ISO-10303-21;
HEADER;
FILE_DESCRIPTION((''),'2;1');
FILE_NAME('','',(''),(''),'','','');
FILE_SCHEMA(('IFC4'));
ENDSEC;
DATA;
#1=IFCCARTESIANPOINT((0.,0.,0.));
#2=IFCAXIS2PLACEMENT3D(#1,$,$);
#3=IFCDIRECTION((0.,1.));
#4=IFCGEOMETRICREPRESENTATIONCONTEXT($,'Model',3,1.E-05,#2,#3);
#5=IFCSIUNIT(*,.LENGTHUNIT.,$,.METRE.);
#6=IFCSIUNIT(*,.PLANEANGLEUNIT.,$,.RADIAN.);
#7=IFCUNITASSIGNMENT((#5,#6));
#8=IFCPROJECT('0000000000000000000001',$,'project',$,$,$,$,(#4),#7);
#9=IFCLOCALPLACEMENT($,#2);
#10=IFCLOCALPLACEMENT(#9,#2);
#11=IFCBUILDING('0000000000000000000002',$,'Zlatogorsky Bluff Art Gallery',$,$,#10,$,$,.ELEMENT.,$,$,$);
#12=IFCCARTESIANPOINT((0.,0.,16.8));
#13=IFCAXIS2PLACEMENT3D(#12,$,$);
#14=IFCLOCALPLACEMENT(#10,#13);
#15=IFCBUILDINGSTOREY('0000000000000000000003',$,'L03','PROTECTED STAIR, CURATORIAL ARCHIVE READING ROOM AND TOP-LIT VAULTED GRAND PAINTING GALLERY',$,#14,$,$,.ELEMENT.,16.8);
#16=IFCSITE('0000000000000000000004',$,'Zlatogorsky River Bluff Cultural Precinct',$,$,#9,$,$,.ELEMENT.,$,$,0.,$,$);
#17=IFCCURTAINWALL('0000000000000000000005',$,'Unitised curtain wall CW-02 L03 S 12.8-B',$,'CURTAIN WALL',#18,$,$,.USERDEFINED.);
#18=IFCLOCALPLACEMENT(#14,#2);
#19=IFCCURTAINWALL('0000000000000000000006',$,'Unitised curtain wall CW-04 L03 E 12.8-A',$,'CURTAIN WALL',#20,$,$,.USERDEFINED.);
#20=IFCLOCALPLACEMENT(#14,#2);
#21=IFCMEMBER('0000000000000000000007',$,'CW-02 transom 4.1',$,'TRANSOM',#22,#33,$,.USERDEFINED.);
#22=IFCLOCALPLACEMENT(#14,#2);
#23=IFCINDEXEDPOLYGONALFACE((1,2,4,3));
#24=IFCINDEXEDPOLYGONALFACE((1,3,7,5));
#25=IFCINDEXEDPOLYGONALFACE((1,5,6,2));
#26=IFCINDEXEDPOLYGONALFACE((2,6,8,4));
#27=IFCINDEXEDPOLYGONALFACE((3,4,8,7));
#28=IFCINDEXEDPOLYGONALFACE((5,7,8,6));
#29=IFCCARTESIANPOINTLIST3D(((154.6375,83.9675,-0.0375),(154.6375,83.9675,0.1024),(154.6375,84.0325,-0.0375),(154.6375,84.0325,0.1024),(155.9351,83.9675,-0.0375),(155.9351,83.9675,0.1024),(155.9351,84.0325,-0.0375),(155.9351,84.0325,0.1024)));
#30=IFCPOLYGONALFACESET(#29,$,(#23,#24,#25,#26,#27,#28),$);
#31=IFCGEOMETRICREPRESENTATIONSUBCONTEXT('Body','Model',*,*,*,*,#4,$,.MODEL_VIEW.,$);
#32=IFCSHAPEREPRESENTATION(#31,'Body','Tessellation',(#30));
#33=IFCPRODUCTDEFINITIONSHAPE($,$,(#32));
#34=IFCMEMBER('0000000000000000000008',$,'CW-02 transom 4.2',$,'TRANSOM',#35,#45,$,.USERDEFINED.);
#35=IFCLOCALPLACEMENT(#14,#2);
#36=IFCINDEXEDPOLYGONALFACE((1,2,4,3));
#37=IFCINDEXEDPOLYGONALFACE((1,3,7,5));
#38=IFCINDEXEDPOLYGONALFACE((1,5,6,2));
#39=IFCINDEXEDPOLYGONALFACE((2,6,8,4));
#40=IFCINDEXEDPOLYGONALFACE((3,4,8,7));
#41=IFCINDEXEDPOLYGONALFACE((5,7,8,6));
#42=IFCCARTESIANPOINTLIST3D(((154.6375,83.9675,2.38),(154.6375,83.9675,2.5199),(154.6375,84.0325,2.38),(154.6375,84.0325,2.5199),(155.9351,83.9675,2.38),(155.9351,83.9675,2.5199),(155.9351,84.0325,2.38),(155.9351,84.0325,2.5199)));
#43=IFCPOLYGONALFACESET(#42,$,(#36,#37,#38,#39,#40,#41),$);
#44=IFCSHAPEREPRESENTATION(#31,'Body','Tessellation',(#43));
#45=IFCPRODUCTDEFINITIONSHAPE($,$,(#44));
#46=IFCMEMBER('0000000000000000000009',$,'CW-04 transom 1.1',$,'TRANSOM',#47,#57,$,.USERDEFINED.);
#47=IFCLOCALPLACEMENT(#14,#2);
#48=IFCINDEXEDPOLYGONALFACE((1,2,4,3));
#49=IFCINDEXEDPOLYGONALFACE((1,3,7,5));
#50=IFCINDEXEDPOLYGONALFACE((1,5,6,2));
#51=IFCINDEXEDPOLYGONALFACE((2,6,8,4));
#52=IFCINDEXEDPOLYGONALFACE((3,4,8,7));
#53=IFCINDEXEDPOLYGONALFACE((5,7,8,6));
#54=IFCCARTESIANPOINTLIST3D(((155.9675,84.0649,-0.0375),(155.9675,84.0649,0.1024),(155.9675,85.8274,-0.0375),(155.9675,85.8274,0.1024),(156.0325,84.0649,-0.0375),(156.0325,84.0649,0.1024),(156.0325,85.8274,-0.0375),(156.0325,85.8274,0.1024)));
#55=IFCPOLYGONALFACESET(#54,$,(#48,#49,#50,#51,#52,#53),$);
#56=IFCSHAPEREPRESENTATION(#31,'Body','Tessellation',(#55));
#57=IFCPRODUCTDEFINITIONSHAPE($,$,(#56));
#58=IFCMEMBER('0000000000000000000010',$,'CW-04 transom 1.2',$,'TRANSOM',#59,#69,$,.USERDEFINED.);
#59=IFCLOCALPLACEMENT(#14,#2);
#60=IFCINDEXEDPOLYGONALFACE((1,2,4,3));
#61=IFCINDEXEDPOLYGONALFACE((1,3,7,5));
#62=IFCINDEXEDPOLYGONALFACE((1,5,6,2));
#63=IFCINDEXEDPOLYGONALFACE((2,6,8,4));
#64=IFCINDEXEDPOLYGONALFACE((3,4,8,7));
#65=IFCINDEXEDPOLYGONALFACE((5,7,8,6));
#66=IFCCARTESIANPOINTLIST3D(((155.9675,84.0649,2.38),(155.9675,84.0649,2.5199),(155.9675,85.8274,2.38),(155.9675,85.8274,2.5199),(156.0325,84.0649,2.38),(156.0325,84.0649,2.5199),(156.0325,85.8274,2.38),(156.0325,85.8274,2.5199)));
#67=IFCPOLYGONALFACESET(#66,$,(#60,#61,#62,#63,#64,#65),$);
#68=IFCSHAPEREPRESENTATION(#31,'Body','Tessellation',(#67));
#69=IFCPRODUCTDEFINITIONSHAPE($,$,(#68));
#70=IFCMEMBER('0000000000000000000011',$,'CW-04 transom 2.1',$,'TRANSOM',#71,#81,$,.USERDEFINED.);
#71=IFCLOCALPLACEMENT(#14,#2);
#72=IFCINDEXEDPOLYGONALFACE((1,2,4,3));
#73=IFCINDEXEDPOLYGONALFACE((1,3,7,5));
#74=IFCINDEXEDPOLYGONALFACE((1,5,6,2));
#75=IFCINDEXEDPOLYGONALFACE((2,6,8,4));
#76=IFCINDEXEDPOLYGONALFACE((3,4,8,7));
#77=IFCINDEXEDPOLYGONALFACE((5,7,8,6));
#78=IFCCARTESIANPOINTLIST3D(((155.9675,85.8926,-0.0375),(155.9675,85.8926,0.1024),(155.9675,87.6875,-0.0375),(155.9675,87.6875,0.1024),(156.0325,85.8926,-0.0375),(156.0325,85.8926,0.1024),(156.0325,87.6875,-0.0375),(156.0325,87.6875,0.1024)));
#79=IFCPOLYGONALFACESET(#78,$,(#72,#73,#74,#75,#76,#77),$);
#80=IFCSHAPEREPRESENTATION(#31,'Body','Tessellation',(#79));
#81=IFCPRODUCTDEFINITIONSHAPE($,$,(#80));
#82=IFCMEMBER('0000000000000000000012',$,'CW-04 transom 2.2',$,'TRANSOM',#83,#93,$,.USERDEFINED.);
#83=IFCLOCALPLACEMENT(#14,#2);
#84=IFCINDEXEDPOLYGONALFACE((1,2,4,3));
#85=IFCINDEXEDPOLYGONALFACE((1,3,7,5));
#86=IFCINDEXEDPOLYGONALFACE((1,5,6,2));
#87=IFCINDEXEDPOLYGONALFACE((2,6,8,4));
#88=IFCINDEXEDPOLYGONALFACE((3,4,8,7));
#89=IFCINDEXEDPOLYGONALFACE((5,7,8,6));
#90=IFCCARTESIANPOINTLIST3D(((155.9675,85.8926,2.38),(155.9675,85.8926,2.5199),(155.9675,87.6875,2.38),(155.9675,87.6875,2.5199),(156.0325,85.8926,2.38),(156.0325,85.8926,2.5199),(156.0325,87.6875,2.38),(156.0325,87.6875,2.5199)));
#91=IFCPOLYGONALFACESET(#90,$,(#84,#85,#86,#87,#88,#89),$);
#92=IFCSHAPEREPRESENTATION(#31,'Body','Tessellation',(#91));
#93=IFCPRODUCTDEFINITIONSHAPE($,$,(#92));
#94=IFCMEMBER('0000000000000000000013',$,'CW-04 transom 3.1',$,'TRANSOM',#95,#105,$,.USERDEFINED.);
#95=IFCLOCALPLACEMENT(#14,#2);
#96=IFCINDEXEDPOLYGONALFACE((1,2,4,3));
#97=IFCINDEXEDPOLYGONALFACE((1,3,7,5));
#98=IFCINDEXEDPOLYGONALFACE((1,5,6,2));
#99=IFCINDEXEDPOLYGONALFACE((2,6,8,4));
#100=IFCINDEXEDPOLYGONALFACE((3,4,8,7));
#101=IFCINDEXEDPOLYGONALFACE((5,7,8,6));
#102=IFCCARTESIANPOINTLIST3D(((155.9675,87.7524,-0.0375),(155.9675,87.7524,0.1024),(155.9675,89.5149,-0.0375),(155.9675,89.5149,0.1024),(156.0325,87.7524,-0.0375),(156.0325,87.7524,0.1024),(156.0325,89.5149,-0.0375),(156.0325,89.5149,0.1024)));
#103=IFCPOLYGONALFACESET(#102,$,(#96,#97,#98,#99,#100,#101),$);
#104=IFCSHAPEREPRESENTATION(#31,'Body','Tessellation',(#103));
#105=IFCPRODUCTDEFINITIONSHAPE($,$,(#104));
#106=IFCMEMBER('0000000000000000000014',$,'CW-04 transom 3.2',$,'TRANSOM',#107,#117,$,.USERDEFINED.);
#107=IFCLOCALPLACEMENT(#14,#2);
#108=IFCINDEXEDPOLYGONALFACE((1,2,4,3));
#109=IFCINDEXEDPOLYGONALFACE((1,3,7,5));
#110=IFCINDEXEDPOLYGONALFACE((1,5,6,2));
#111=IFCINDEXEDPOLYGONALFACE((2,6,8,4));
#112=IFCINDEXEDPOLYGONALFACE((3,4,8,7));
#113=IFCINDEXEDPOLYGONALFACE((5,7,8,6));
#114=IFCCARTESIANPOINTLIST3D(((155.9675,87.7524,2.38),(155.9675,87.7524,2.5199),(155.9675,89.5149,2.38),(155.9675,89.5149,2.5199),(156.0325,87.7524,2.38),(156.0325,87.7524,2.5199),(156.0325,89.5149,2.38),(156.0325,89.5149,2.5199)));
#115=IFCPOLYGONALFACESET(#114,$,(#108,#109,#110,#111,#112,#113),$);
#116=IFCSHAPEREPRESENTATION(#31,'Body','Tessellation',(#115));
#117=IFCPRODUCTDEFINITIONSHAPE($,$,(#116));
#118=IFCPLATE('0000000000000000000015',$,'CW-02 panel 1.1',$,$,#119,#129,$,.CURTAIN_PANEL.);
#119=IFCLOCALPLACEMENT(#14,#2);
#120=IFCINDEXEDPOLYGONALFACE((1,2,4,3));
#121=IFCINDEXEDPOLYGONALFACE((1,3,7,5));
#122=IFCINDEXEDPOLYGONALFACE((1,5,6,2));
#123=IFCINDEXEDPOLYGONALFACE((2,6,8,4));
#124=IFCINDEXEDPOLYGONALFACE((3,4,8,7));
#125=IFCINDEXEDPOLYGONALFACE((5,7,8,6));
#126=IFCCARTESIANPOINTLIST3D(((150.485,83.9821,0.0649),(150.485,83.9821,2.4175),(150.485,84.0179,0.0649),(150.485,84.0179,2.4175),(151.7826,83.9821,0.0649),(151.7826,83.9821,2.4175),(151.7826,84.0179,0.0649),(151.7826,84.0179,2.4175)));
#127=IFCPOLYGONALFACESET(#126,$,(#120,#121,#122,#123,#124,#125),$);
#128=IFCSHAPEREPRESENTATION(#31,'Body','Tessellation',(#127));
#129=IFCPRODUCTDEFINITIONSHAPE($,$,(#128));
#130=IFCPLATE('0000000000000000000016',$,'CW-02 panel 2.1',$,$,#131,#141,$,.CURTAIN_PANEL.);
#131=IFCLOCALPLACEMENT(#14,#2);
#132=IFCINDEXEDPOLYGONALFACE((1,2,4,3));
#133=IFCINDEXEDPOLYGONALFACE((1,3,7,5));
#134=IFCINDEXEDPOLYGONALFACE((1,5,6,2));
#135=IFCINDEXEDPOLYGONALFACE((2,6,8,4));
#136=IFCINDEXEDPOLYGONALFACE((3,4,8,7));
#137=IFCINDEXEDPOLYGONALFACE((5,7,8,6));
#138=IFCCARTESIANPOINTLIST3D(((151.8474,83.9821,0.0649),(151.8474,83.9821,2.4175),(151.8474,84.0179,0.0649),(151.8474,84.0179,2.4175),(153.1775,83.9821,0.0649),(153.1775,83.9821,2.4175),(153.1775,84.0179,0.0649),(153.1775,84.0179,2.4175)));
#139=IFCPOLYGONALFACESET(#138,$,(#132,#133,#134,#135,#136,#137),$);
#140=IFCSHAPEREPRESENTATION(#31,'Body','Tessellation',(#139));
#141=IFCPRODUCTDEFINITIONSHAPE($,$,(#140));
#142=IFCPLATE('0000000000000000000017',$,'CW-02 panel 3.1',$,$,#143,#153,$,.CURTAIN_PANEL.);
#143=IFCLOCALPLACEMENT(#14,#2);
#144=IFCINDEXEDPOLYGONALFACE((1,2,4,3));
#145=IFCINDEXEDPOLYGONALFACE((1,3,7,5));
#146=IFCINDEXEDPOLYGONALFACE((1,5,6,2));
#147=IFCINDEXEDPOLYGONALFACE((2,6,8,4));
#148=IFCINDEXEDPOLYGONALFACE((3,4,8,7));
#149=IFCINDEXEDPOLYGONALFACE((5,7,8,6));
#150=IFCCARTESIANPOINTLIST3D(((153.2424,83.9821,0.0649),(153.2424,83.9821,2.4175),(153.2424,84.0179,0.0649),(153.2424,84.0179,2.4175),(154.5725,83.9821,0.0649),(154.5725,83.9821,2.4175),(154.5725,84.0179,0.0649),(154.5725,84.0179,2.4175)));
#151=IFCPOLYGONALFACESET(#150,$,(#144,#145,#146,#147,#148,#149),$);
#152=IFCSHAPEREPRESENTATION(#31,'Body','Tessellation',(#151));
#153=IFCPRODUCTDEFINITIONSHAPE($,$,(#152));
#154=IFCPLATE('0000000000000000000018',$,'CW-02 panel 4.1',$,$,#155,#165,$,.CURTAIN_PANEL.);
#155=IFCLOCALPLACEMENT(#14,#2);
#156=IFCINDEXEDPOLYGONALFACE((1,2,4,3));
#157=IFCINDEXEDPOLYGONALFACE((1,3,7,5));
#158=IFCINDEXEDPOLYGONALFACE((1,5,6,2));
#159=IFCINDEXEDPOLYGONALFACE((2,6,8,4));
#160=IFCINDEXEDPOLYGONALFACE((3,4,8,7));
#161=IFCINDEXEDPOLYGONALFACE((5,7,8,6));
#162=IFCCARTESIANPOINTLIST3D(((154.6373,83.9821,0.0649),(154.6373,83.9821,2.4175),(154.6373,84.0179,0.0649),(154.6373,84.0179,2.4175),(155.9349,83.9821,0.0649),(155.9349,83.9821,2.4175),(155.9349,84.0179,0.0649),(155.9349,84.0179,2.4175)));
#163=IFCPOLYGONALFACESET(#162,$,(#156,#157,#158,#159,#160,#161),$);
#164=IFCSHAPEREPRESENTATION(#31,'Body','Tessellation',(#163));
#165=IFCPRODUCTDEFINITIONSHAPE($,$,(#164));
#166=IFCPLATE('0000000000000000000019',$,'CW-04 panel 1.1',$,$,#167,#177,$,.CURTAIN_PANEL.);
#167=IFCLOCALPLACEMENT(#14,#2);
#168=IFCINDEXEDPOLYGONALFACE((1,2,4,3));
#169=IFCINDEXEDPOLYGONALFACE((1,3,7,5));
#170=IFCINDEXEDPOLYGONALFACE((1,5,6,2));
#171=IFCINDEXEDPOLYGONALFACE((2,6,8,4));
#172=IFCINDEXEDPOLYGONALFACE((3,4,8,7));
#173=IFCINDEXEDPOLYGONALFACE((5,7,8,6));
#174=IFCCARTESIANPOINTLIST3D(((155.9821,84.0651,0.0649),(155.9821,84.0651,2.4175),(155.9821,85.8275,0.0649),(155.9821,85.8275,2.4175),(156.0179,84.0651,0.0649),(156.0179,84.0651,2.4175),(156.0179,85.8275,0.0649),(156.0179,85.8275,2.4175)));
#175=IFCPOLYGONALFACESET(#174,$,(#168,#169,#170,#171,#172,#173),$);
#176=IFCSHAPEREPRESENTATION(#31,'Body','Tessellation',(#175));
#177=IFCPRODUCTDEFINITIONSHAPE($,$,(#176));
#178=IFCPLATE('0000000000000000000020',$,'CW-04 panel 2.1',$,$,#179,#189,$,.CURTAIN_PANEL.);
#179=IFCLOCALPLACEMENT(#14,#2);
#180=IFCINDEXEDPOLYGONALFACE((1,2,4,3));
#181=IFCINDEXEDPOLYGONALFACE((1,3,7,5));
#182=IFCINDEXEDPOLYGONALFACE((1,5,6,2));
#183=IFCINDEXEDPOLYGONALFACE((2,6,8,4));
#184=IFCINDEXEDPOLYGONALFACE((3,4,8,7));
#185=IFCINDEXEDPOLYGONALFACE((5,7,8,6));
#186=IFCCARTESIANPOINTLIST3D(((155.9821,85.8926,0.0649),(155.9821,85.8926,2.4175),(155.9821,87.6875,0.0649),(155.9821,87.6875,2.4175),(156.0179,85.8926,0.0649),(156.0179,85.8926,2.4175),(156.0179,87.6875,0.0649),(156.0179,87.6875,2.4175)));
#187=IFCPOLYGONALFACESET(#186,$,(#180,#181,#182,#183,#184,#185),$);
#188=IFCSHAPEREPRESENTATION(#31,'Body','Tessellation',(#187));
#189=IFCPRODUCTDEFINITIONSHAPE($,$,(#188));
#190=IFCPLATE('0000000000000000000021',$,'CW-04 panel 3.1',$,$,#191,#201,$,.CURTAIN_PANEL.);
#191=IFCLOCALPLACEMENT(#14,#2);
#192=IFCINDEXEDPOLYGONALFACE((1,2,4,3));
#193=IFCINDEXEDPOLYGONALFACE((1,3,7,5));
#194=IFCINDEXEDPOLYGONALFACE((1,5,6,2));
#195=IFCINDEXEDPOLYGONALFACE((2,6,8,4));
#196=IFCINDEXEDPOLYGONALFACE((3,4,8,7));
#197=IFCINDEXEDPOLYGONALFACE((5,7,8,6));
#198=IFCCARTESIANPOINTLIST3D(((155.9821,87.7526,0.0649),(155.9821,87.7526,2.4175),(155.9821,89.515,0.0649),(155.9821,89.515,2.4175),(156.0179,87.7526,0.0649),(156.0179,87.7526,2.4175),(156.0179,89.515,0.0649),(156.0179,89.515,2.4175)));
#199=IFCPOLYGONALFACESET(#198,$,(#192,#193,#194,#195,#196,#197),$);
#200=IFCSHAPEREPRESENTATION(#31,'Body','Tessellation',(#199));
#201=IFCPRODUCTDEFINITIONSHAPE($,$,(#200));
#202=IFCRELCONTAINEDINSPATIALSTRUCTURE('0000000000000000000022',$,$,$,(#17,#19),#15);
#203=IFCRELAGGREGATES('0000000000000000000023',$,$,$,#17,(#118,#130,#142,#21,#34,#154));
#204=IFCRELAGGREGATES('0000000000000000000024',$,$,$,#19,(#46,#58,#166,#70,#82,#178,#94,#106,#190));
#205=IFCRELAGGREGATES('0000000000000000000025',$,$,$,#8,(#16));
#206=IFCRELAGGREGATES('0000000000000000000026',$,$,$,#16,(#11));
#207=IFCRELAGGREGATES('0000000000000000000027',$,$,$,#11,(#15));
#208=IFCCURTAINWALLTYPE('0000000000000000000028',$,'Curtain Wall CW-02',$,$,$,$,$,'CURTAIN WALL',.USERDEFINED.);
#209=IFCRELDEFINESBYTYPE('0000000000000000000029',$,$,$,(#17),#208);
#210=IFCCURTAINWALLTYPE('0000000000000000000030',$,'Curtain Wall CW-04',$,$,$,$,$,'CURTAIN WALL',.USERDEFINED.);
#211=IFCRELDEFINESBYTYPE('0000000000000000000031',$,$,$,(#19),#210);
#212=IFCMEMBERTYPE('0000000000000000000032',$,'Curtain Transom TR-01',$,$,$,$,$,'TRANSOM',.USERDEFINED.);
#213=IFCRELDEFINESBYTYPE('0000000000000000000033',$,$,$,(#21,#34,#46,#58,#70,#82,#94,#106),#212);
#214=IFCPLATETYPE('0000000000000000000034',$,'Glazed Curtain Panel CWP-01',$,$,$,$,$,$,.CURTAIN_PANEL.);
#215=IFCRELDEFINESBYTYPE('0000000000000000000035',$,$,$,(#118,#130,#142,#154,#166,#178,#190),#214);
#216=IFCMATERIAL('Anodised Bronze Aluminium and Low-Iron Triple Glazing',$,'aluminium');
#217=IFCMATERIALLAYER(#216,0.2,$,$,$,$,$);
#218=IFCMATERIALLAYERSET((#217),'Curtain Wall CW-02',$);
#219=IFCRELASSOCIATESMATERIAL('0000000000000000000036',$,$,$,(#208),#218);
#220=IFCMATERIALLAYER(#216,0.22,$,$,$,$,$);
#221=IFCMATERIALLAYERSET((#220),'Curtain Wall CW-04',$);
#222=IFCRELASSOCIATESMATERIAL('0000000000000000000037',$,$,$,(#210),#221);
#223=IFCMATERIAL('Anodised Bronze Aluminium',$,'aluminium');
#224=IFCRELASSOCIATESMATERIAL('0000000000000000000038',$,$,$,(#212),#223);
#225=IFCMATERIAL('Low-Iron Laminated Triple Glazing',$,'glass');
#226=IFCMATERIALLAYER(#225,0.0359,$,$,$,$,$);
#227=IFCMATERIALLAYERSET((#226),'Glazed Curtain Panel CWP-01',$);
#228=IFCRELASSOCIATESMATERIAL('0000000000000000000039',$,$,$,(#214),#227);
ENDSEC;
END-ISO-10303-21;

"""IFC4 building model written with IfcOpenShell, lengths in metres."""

from ifc_helpers import new_model, si_unit, direction, frame, origin, origin_2d, place, context, subcontext, project, spatial, rectangle, extrude, material, layer, layer_set, material_profile, profile_set, type_object, element, aggregate, save


model = new_model("IFC4")

# Units and contexts
model_context = context("Model", 3, precision=1e-05, world=origin(), true_north=direction((0.0, 1.0)))
body_context = subcontext(model_context, "Body", "Model", "MODEL_VIEW")
ifc_project = project(units=[si_unit("LENGTHUNIT", "METRE"), si_unit("PLANEANGLEUNIT", "RADIAN")], contexts=[model_context])

# Site, building, storey
site_placement = place(None, origin())
site = spatial("IfcSite", under=ifc_project, at=site_placement, Name="Zlatogorsky River Bluff Cultural Precinct", CompositionType="ELEMENT", RefElevation=0.0)
building_placement = place(site_placement, origin())
building = spatial("IfcBuilding", under=site, at=building_placement, Name="Zlatogorsky Bluff Art Gallery", CompositionType="ELEMENT")
storey_placement = place(building_placement, frame((0.0, 0.0, 16.8)))
storey = spatial("IfcBuildingStorey", under=building, at=storey_placement, Name="L03", Description="PROTECTED STAIR, CURATORIAL ARCHIVE READING ROOM AND TOP-LIT VAULTED GRAND PAINTING GALLERY", CompositionType="ELEMENT", Elevation=16.8)

# Curtain walls
ifc_material_1 = material(Name="Anodised Bronze Aluminium and Low-Iron Triple Glazing", Category="aluminium")
ifc_layer_1 = layer(ifc_material_1, 0.2)
ifc_layer_set_1 = layer_set([ifc_layer_1], Name="Curtain Wall CW-02")
curtain_wall_type_1 = type_object("IfcCurtainWallType", Name="Curtain Wall CW-02", ElementType="CURTAIN WALL", PredefinedType="USERDEFINED", material=ifc_layer_set_1)
curtain_wall_1_placement = place(storey_placement, origin())
curtain_wall_1 = element("IfcCurtainWall", 1, at=curtain_wall_1_placement, inside=storey, type_object=curtain_wall_type_1, Name="Unitised curtain wall CW-02 L03 S 12.8-B", ObjectType="CURTAIN WALL", PredefinedType="USERDEFINED")
ifc_material_2 = material(Name="Anodised Bronze Aluminium", Category="aluminium")
ifc_layer_2 = layer(ifc_material_1, 0.22)
ifc_layer_set_2 = layer_set([ifc_layer_2], Name="Curtain Wall CW-04")
curtain_wall_type_2 = type_object("IfcCurtainWallType", Name="Curtain Wall CW-04", ElementType="CURTAIN WALL", PredefinedType="USERDEFINED", material=ifc_layer_set_2)
curtain_wall_2_placement = place(storey_placement, origin())
curtain_wall_2 = element("IfcCurtainWall", 2, at=curtain_wall_2_placement, inside=storey, type_object=curtain_wall_type_2, Name="Unitised curtain wall CW-04 L03 E 12.8-A", ObjectType="CURTAIN WALL", PredefinedType="USERDEFINED")

# Members
ifc_material_profile_1 = material_profile(ifc_material_2, rectangle(XDim=0.0649, YDim=0.1399, at=origin_2d()), Name="ALU TRANSOM 65x140")
ifc_profile_set_1 = profile_set([ifc_material_profile_1], Name="Anodised Bronze Aluminium")
member_type_1 = type_object("IfcMemberType", Name="Curtain Transom TR-01", ElementType="TRANSOM", PredefinedType="USERDEFINED", material=ifc_profile_set_1)
member_1_placement = place(storey_placement, frame((154.6375, 84.0, 0.0325), z_axis=(1.0, 0.0, 0.0), x_axis=(0.0, 1.0, 0.0)))
member_1 = element("IfcMember", 3, at=member_1_placement, type_object=member_type_1, Name="CW-02 transom 4.1", ObjectType="TRANSOM", PredefinedType="USERDEFINED", context=body_context, shape_type="SweptSolid", body=[
    extrude(rectangle(XDim=0.0649, YDim=0.1399, at=origin_2d()), origin(), (0.0, 0.0, 1.0), 1.2976),
])
member_2_placement = place(storey_placement, frame((154.6375, 84.0, 2.45), z_axis=(1.0, 0.0, 0.0), x_axis=(0.0, 1.0, 0.0)))
member_2 = element("IfcMember", 4, at=member_2_placement, type_object=member_type_1, Name="CW-02 transom 4.2", ObjectType="TRANSOM", PredefinedType="USERDEFINED", context=body_context, shape_type="SweptSolid", body=[
    extrude(rectangle(XDim=0.0649, YDim=0.1399, at=origin_2d()), origin(), (0.0, 0.0, 1.0), 1.2976),
])
member_3_placement = place(storey_placement, frame((156.0, 84.0649, 0.0325), z_axis=(0.0, 1.0, 0.0), x_axis=(-1.0, 0.0, 0.0)))
member_3 = element("IfcMember", 5, at=member_3_placement, type_object=member_type_1, Name="CW-04 transom 1.1", ObjectType="TRANSOM", PredefinedType="USERDEFINED", context=body_context, shape_type="SweptSolid", body=[
    extrude(rectangle(XDim=0.0649, YDim=0.1399, at=origin_2d()), origin(), (0.0, 0.0, 1.0), 1.7625),
])
member_4_placement = place(storey_placement, frame((156.0, 84.0649, 2.45), z_axis=(0.0, 1.0, 0.0), x_axis=(-1.0, 0.0, 0.0)))
member_4 = element("IfcMember", 6, at=member_4_placement, type_object=member_type_1, Name="CW-04 transom 1.2", ObjectType="TRANSOM", PredefinedType="USERDEFINED", context=body_context, shape_type="SweptSolid", body=[
    extrude(rectangle(XDim=0.0649, YDim=0.1399, at=origin_2d()), origin(), (0.0, 0.0, 1.0), 1.7625),
])
member_5_placement = place(storey_placement, frame((156.0, 85.8926, 0.0325), z_axis=(0.0, 1.0, 0.0), x_axis=(-1.0, 0.0, 0.0)))
member_5 = element("IfcMember", 7, at=member_5_placement, type_object=member_type_1, Name="CW-04 transom 2.1", ObjectType="TRANSOM", PredefinedType="USERDEFINED", context=body_context, shape_type="SweptSolid", body=[
    extrude(rectangle(XDim=0.0649, YDim=0.1399, at=origin_2d()), origin(), (0.0, 0.0, 1.0), 1.7949),
])
member_6_placement = place(storey_placement, frame((156.0, 85.8926, 2.45), z_axis=(0.0, 1.0, 0.0), x_axis=(-1.0, 0.0, 0.0)))
member_6 = element("IfcMember", 8, at=member_6_placement, type_object=member_type_1, Name="CW-04 transom 2.2", ObjectType="TRANSOM", PredefinedType="USERDEFINED", context=body_context, shape_type="SweptSolid", body=[
    extrude(rectangle(XDim=0.0649, YDim=0.1399, at=origin_2d()), origin(), (0.0, 0.0, 1.0), 1.7949),
])
member_7_placement = place(storey_placement, frame((156.0, 87.7524, 0.0325), z_axis=(0.0, 1.0, 0.0), x_axis=(-1.0, 0.0, 0.0)))
member_7 = element("IfcMember", 9, at=member_7_placement, type_object=member_type_1, Name="CW-04 transom 3.1", ObjectType="TRANSOM", PredefinedType="USERDEFINED", context=body_context, shape_type="SweptSolid", body=[
    extrude(rectangle(XDim=0.0649, YDim=0.1399, at=origin_2d()), origin(), (0.0, 0.0, 1.0), 1.7625),
])
member_8_placement = place(storey_placement, frame((156.0, 87.7524, 2.45), z_axis=(0.0, 1.0, 0.0), x_axis=(-1.0, 0.0, 0.0)))
member_8 = element("IfcMember", 10, at=member_8_placement, type_object=member_type_1, Name="CW-04 transom 3.2", ObjectType="TRANSOM", PredefinedType="USERDEFINED", context=body_context, shape_type="SweptSolid", body=[
    extrude(rectangle(XDim=0.0649, YDim=0.1399, at=origin_2d()), origin(), (0.0, 0.0, 1.0), 1.7625),
])

# Plates
ifc_material_3 = material(Name="Low-Iron Laminated Triple Glazing", Category="glass")
ifc_layer_3 = layer(ifc_material_3, 0.0359)
ifc_layer_set_3 = layer_set([ifc_layer_3], Name="Glazed Curtain Panel CWP-01")
plate_type = type_object("IfcPlateType", Name="Glazed Curtain Panel CWP-01", PredefinedType="CURTAIN_PANEL", material=ifc_layer_set_3)
plate_1_placement = place(storey_placement, frame((151.1338, 84.0, 0.0649), z_axis=(0.0, 0.0, 1.0), x_axis=(1.0, 0.0, 0.0)))
plate_1 = element("IfcPlate", 11, at=plate_1_placement, type_object=plate_type, Name="CW-02 panel 1.1", PredefinedType="CURTAIN_PANEL", context=body_context, shape_type="SweptSolid", body=[
    extrude(rectangle(XDim=1.2976, YDim=0.0359, at=origin_2d()), origin(), (0.0, 0.0, 1.0), 2.3525),
])
plate_2_placement = place(storey_placement, frame((152.5125, 84.0, 0.0649), z_axis=(0.0, 0.0, 1.0), x_axis=(1.0, 0.0, 0.0)))
plate_2 = element("IfcPlate", 12, at=plate_2_placement, type_object=plate_type, Name="CW-02 panel 2.1", PredefinedType="CURTAIN_PANEL", context=body_context, shape_type="SweptSolid", body=[
    extrude(rectangle(XDim=1.3301, YDim=0.0359, at=origin_2d()), origin(), (0.0, 0.0, 1.0), 2.3525),
])
plate_3_placement = place(storey_placement, frame((153.9075, 84.0, 0.0649), z_axis=(0.0, 0.0, 1.0), x_axis=(1.0, 0.0, 0.0)))
plate_3 = element("IfcPlate", 13, at=plate_3_placement, type_object=plate_type, Name="CW-02 panel 3.1", PredefinedType="CURTAIN_PANEL", context=body_context, shape_type="SweptSolid", body=[
    extrude(rectangle(XDim=1.3301, YDim=0.0359, at=origin_2d()), origin(), (0.0, 0.0, 1.0), 2.3525),
])
plate_4_placement = place(storey_placement, frame((155.2861, 84.0, 0.0649), z_axis=(0.0, 0.0, 1.0), x_axis=(1.0, 0.0, 0.0)))
plate_4 = element("IfcPlate", 14, at=plate_4_placement, type_object=plate_type, Name="CW-02 panel 4.1", PredefinedType="CURTAIN_PANEL", context=body_context, shape_type="SweptSolid", body=[
    extrude(rectangle(XDim=1.2976, YDim=0.0359, at=origin_2d()), origin(), (0.0, 0.0, 1.0), 2.3525),
])
aggregate(curtain_wall_1, [plate_1, plate_2, plate_3, member_1, member_2, plate_4])
plate_5_placement = place(storey_placement, frame((156.0, 84.9463, 0.0649), z_axis=(0.0, 0.0, 1.0), x_axis=(0.0, 1.0, 0.0)))
plate_5 = element("IfcPlate", 15, at=plate_5_placement, type_object=plate_type, Name="CW-04 panel 1.1", PredefinedType="CURTAIN_PANEL", context=body_context, shape_type="SweptSolid", body=[
    extrude(rectangle(XDim=1.7625, YDim=0.0359, at=origin_2d()), origin(), (0.0, 0.0, 1.0), 2.3525),
])
plate_6_placement = place(storey_placement, frame((156.0, 86.79, 0.0649), z_axis=(0.0, 0.0, 1.0), x_axis=(0.0, 1.0, 0.0)))
plate_6 = element("IfcPlate", 16, at=plate_6_placement, type_object=plate_type, Name="CW-04 panel 2.1", PredefinedType="CURTAIN_PANEL", context=body_context, shape_type="SweptSolid", body=[
    extrude(rectangle(XDim=1.7949, YDim=0.0359, at=origin_2d()), origin(), (0.0, 0.0, 1.0), 2.3525),
])
plate_7_placement = place(storey_placement, frame((156.0, 88.6338, 0.0649), z_axis=(0.0, 0.0, 1.0), x_axis=(0.0, 1.0, 0.0)))
plate_7 = element("IfcPlate", 17, at=plate_7_placement, type_object=plate_type, Name="CW-04 panel 3.1", PredefinedType="CURTAIN_PANEL", context=body_context, shape_type="SweptSolid", body=[
    extrude(rectangle(XDim=1.7625, YDim=0.0359, at=origin_2d()), origin(), (0.0, 0.0, 1.0), 2.3525),
])
aggregate(curtain_wall_2, [member_3, member_4, plate_5, member_5, member_6, plate_6, member_7, member_8, plate_7])

save(model, "model.ifc")
